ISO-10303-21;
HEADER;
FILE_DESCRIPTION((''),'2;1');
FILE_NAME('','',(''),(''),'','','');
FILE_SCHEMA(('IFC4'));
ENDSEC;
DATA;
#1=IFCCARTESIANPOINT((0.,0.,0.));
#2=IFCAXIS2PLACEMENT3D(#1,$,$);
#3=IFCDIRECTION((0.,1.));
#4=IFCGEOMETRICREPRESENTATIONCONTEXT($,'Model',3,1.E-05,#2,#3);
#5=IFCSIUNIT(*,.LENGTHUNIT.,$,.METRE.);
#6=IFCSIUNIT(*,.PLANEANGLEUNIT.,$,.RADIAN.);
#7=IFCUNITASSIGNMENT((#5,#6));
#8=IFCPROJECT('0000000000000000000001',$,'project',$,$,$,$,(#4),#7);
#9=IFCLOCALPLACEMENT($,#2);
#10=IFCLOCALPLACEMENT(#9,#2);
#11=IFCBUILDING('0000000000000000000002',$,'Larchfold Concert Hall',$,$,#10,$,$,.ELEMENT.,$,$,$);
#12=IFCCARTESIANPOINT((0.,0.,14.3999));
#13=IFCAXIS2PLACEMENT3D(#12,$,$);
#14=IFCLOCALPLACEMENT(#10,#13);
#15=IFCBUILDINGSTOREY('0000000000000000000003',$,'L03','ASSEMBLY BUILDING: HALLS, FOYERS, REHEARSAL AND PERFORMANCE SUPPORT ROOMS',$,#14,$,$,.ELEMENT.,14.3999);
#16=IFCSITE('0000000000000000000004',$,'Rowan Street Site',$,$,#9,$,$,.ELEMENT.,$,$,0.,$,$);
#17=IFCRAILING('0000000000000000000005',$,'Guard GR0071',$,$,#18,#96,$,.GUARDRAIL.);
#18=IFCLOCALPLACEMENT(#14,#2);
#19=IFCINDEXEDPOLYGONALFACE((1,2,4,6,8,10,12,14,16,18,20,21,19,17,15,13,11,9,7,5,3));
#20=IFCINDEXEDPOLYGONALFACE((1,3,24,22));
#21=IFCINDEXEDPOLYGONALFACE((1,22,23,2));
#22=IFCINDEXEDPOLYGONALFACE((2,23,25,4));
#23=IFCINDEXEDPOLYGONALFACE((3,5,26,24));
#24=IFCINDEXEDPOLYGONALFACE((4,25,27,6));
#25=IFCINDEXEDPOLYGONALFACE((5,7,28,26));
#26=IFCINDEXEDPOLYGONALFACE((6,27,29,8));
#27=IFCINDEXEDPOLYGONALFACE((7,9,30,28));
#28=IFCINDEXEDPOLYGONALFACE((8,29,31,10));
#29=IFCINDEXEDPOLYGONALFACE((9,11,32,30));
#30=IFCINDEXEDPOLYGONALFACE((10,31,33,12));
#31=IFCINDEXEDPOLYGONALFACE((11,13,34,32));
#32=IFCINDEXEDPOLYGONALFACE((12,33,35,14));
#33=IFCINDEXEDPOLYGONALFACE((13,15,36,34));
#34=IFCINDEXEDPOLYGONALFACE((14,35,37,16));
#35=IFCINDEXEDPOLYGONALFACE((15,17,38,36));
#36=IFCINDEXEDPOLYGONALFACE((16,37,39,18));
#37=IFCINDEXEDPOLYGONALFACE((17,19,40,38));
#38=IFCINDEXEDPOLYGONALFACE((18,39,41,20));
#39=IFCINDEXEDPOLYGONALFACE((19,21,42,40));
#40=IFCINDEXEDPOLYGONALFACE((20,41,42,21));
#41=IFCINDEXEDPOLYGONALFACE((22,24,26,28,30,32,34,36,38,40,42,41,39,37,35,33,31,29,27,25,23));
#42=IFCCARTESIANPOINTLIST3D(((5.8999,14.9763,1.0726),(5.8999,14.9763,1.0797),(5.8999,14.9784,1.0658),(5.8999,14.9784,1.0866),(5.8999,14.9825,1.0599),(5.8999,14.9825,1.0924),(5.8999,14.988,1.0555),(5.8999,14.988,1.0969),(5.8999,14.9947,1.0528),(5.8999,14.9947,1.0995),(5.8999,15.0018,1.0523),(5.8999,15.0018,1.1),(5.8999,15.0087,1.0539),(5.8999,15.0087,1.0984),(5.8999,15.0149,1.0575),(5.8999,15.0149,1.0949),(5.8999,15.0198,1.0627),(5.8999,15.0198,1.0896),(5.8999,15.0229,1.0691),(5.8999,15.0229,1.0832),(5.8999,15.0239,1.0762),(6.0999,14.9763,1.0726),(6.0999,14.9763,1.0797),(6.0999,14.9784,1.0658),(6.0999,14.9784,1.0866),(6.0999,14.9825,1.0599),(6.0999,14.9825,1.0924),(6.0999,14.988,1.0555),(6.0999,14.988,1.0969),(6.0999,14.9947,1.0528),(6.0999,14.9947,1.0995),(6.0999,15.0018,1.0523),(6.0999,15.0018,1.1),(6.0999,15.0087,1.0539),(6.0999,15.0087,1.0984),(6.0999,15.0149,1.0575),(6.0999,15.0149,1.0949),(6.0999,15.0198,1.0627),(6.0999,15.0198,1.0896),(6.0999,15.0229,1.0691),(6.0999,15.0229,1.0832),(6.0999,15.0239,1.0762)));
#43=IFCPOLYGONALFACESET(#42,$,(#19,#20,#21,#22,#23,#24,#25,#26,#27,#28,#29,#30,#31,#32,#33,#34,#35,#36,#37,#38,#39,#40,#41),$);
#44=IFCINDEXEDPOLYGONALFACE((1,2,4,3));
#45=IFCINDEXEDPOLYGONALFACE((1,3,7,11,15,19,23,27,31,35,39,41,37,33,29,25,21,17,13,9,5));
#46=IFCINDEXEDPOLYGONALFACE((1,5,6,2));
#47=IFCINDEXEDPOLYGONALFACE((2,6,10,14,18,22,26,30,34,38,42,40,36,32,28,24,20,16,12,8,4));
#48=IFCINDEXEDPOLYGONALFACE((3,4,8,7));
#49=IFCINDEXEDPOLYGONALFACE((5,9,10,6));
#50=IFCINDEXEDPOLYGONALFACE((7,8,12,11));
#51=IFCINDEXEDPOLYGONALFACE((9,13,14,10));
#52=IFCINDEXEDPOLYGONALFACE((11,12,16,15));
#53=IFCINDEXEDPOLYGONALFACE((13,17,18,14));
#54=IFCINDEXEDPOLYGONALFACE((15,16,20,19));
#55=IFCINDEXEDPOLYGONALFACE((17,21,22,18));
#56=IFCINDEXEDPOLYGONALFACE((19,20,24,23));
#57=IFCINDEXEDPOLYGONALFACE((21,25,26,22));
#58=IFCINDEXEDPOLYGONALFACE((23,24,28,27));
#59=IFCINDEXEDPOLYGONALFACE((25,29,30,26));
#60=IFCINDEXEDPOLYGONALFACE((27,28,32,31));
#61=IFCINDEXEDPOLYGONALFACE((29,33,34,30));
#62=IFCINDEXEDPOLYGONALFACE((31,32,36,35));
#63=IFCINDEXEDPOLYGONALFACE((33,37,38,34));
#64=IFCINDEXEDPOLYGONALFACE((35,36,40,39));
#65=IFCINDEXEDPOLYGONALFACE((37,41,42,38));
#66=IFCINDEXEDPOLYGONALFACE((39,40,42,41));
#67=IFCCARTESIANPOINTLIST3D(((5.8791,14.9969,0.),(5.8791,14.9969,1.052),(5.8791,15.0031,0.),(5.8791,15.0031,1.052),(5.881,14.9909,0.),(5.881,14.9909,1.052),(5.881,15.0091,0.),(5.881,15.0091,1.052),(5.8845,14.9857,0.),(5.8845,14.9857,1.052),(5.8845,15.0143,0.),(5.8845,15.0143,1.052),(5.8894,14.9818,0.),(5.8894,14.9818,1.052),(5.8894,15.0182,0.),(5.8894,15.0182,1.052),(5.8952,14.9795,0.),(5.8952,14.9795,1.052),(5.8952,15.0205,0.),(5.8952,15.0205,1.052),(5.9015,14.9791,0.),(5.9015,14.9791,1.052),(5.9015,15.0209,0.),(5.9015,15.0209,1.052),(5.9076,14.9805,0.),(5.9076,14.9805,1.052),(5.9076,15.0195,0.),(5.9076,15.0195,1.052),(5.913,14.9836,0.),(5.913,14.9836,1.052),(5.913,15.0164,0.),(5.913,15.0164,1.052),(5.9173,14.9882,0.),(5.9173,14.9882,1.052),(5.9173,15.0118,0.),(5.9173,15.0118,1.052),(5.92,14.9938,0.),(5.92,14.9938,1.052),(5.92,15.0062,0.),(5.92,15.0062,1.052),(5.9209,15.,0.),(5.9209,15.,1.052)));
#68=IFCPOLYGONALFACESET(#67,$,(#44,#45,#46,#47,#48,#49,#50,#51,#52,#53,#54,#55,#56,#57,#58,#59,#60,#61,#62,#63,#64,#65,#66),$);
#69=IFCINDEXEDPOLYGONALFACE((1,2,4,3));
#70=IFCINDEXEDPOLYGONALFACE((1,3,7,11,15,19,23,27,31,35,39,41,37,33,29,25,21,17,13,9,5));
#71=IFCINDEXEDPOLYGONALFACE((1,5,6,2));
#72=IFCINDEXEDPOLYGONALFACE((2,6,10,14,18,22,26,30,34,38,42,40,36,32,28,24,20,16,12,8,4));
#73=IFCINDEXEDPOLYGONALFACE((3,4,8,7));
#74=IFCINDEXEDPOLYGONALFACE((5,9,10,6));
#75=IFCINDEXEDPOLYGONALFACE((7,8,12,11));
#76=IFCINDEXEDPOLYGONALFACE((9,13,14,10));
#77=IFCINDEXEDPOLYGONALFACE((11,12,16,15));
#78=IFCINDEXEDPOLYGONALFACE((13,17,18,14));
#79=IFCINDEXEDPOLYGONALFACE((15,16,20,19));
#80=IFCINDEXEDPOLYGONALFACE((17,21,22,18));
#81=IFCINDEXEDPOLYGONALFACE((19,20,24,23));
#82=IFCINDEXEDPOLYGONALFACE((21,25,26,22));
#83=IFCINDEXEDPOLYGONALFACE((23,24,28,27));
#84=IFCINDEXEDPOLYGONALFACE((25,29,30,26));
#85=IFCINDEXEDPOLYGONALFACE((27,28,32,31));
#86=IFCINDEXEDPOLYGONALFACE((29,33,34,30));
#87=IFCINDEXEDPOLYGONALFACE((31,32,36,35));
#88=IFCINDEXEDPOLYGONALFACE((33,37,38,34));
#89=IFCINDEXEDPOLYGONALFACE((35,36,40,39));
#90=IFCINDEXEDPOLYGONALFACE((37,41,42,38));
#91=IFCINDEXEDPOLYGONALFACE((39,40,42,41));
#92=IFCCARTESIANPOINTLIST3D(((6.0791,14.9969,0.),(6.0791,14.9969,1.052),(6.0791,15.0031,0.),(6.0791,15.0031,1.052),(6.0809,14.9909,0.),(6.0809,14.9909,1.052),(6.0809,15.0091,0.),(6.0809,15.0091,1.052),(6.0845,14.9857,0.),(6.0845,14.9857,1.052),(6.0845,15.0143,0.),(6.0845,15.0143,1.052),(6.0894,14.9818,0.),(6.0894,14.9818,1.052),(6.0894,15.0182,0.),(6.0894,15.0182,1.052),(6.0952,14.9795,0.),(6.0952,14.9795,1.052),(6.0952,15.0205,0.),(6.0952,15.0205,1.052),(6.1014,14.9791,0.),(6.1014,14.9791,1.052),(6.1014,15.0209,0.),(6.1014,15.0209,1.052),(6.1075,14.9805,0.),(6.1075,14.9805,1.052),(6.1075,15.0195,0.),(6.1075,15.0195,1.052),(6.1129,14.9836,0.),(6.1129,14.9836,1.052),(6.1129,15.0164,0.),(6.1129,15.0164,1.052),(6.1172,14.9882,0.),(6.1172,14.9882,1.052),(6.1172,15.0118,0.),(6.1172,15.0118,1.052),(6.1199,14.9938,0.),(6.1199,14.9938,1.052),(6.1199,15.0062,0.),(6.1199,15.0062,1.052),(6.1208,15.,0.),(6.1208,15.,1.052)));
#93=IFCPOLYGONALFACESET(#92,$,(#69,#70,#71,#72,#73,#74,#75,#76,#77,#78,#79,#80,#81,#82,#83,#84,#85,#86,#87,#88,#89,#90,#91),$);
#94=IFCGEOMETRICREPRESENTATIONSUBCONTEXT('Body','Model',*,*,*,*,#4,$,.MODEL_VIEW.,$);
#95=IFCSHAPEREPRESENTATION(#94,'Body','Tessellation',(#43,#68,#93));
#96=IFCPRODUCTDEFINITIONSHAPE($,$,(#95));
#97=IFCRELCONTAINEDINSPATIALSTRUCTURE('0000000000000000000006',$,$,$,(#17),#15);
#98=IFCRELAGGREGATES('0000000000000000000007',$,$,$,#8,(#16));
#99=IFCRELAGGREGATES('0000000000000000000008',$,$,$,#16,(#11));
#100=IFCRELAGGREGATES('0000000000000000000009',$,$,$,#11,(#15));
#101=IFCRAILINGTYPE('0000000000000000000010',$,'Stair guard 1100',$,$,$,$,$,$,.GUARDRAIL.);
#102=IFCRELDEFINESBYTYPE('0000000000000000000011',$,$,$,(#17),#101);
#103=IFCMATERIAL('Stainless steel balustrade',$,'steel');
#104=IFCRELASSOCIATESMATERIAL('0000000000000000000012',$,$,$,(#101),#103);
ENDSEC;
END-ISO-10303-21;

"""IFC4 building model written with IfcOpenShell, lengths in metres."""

from ifc_helpers import new_model, si_unit, direction, frame, origin, origin_2d, place, context, subcontext, project, spatial, circle, extrude, material, type_object, element, save


model = new_model("IFC4")

# Units and contexts
model_context = context("Model", 3, precision=1e-05, world=origin(), true_north=direction((0.0, 1.0)))
body_context = subcontext(model_context, "Body", "Model", "MODEL_VIEW")
ifc_project = project(units=[si_unit("LENGTHUNIT", "METRE"), si_unit("PLANEANGLEUNIT", "RADIAN")], contexts=[model_context])

# Site, building, storey
site_placement = place(None, origin())
site = spatial("IfcSite", under=ifc_project, at=site_placement, Name="Rowan Street Site", CompositionType="ELEMENT", RefElevation=0.0)
building_placement = place(site_placement, origin())
building = spatial("IfcBuilding", under=site, at=building_placement, Name="Larchfold Concert Hall", CompositionType="ELEMENT")
storey_placement = place(building_placement, frame((0.0, 0.0, 14.3999)))
storey = spatial("IfcBuildingStorey", under=building, at=storey_placement, Name="L03", Description="ASSEMBLY BUILDING: HALLS, FOYERS, REHEARSAL AND PERFORMANCE SUPPORT ROOMS", CompositionType="ELEMENT", Elevation=14.3999)

# Railing
ifc_material_1 = material(Name="Stainless steel balustrade", Category="steel")
railing_type_1 = type_object("IfcRailingType", Name="Stair guard 1100", PredefinedType="GUARDRAIL", material=ifc_material_1)
railing_1_placement = place(storey_placement, frame((5.8999, 15.0, 0.0)))
element("IfcRailing", 1, at=railing_1_placement, inside=storey, type_object=railing_type_1, Name="Guard GR0071", PredefinedType="GUARDRAIL", context=body_context, shape_type="SweptSolid", body=[
    extrude(circle(Radius=0.0239, at=origin_2d()), frame((0.0, 0.0, 1.0762), z_axis=(1.0, 0.0, 0.0), x_axis=(0.0, 1.0, 0.0)), (0.0, 0.0, 1.0), 0.2),
    extrude(circle(Radius=0.021, at=origin_2d()), origin(), (0.0, 0.0, 1.0), 1.052),
    extrude(circle(Radius=0.021, at=origin_2d()), frame((0.2, 0.0, 0.0)), (0.0, 0.0, 1.0), 1.052),
])

save(model, "model.ifc")
